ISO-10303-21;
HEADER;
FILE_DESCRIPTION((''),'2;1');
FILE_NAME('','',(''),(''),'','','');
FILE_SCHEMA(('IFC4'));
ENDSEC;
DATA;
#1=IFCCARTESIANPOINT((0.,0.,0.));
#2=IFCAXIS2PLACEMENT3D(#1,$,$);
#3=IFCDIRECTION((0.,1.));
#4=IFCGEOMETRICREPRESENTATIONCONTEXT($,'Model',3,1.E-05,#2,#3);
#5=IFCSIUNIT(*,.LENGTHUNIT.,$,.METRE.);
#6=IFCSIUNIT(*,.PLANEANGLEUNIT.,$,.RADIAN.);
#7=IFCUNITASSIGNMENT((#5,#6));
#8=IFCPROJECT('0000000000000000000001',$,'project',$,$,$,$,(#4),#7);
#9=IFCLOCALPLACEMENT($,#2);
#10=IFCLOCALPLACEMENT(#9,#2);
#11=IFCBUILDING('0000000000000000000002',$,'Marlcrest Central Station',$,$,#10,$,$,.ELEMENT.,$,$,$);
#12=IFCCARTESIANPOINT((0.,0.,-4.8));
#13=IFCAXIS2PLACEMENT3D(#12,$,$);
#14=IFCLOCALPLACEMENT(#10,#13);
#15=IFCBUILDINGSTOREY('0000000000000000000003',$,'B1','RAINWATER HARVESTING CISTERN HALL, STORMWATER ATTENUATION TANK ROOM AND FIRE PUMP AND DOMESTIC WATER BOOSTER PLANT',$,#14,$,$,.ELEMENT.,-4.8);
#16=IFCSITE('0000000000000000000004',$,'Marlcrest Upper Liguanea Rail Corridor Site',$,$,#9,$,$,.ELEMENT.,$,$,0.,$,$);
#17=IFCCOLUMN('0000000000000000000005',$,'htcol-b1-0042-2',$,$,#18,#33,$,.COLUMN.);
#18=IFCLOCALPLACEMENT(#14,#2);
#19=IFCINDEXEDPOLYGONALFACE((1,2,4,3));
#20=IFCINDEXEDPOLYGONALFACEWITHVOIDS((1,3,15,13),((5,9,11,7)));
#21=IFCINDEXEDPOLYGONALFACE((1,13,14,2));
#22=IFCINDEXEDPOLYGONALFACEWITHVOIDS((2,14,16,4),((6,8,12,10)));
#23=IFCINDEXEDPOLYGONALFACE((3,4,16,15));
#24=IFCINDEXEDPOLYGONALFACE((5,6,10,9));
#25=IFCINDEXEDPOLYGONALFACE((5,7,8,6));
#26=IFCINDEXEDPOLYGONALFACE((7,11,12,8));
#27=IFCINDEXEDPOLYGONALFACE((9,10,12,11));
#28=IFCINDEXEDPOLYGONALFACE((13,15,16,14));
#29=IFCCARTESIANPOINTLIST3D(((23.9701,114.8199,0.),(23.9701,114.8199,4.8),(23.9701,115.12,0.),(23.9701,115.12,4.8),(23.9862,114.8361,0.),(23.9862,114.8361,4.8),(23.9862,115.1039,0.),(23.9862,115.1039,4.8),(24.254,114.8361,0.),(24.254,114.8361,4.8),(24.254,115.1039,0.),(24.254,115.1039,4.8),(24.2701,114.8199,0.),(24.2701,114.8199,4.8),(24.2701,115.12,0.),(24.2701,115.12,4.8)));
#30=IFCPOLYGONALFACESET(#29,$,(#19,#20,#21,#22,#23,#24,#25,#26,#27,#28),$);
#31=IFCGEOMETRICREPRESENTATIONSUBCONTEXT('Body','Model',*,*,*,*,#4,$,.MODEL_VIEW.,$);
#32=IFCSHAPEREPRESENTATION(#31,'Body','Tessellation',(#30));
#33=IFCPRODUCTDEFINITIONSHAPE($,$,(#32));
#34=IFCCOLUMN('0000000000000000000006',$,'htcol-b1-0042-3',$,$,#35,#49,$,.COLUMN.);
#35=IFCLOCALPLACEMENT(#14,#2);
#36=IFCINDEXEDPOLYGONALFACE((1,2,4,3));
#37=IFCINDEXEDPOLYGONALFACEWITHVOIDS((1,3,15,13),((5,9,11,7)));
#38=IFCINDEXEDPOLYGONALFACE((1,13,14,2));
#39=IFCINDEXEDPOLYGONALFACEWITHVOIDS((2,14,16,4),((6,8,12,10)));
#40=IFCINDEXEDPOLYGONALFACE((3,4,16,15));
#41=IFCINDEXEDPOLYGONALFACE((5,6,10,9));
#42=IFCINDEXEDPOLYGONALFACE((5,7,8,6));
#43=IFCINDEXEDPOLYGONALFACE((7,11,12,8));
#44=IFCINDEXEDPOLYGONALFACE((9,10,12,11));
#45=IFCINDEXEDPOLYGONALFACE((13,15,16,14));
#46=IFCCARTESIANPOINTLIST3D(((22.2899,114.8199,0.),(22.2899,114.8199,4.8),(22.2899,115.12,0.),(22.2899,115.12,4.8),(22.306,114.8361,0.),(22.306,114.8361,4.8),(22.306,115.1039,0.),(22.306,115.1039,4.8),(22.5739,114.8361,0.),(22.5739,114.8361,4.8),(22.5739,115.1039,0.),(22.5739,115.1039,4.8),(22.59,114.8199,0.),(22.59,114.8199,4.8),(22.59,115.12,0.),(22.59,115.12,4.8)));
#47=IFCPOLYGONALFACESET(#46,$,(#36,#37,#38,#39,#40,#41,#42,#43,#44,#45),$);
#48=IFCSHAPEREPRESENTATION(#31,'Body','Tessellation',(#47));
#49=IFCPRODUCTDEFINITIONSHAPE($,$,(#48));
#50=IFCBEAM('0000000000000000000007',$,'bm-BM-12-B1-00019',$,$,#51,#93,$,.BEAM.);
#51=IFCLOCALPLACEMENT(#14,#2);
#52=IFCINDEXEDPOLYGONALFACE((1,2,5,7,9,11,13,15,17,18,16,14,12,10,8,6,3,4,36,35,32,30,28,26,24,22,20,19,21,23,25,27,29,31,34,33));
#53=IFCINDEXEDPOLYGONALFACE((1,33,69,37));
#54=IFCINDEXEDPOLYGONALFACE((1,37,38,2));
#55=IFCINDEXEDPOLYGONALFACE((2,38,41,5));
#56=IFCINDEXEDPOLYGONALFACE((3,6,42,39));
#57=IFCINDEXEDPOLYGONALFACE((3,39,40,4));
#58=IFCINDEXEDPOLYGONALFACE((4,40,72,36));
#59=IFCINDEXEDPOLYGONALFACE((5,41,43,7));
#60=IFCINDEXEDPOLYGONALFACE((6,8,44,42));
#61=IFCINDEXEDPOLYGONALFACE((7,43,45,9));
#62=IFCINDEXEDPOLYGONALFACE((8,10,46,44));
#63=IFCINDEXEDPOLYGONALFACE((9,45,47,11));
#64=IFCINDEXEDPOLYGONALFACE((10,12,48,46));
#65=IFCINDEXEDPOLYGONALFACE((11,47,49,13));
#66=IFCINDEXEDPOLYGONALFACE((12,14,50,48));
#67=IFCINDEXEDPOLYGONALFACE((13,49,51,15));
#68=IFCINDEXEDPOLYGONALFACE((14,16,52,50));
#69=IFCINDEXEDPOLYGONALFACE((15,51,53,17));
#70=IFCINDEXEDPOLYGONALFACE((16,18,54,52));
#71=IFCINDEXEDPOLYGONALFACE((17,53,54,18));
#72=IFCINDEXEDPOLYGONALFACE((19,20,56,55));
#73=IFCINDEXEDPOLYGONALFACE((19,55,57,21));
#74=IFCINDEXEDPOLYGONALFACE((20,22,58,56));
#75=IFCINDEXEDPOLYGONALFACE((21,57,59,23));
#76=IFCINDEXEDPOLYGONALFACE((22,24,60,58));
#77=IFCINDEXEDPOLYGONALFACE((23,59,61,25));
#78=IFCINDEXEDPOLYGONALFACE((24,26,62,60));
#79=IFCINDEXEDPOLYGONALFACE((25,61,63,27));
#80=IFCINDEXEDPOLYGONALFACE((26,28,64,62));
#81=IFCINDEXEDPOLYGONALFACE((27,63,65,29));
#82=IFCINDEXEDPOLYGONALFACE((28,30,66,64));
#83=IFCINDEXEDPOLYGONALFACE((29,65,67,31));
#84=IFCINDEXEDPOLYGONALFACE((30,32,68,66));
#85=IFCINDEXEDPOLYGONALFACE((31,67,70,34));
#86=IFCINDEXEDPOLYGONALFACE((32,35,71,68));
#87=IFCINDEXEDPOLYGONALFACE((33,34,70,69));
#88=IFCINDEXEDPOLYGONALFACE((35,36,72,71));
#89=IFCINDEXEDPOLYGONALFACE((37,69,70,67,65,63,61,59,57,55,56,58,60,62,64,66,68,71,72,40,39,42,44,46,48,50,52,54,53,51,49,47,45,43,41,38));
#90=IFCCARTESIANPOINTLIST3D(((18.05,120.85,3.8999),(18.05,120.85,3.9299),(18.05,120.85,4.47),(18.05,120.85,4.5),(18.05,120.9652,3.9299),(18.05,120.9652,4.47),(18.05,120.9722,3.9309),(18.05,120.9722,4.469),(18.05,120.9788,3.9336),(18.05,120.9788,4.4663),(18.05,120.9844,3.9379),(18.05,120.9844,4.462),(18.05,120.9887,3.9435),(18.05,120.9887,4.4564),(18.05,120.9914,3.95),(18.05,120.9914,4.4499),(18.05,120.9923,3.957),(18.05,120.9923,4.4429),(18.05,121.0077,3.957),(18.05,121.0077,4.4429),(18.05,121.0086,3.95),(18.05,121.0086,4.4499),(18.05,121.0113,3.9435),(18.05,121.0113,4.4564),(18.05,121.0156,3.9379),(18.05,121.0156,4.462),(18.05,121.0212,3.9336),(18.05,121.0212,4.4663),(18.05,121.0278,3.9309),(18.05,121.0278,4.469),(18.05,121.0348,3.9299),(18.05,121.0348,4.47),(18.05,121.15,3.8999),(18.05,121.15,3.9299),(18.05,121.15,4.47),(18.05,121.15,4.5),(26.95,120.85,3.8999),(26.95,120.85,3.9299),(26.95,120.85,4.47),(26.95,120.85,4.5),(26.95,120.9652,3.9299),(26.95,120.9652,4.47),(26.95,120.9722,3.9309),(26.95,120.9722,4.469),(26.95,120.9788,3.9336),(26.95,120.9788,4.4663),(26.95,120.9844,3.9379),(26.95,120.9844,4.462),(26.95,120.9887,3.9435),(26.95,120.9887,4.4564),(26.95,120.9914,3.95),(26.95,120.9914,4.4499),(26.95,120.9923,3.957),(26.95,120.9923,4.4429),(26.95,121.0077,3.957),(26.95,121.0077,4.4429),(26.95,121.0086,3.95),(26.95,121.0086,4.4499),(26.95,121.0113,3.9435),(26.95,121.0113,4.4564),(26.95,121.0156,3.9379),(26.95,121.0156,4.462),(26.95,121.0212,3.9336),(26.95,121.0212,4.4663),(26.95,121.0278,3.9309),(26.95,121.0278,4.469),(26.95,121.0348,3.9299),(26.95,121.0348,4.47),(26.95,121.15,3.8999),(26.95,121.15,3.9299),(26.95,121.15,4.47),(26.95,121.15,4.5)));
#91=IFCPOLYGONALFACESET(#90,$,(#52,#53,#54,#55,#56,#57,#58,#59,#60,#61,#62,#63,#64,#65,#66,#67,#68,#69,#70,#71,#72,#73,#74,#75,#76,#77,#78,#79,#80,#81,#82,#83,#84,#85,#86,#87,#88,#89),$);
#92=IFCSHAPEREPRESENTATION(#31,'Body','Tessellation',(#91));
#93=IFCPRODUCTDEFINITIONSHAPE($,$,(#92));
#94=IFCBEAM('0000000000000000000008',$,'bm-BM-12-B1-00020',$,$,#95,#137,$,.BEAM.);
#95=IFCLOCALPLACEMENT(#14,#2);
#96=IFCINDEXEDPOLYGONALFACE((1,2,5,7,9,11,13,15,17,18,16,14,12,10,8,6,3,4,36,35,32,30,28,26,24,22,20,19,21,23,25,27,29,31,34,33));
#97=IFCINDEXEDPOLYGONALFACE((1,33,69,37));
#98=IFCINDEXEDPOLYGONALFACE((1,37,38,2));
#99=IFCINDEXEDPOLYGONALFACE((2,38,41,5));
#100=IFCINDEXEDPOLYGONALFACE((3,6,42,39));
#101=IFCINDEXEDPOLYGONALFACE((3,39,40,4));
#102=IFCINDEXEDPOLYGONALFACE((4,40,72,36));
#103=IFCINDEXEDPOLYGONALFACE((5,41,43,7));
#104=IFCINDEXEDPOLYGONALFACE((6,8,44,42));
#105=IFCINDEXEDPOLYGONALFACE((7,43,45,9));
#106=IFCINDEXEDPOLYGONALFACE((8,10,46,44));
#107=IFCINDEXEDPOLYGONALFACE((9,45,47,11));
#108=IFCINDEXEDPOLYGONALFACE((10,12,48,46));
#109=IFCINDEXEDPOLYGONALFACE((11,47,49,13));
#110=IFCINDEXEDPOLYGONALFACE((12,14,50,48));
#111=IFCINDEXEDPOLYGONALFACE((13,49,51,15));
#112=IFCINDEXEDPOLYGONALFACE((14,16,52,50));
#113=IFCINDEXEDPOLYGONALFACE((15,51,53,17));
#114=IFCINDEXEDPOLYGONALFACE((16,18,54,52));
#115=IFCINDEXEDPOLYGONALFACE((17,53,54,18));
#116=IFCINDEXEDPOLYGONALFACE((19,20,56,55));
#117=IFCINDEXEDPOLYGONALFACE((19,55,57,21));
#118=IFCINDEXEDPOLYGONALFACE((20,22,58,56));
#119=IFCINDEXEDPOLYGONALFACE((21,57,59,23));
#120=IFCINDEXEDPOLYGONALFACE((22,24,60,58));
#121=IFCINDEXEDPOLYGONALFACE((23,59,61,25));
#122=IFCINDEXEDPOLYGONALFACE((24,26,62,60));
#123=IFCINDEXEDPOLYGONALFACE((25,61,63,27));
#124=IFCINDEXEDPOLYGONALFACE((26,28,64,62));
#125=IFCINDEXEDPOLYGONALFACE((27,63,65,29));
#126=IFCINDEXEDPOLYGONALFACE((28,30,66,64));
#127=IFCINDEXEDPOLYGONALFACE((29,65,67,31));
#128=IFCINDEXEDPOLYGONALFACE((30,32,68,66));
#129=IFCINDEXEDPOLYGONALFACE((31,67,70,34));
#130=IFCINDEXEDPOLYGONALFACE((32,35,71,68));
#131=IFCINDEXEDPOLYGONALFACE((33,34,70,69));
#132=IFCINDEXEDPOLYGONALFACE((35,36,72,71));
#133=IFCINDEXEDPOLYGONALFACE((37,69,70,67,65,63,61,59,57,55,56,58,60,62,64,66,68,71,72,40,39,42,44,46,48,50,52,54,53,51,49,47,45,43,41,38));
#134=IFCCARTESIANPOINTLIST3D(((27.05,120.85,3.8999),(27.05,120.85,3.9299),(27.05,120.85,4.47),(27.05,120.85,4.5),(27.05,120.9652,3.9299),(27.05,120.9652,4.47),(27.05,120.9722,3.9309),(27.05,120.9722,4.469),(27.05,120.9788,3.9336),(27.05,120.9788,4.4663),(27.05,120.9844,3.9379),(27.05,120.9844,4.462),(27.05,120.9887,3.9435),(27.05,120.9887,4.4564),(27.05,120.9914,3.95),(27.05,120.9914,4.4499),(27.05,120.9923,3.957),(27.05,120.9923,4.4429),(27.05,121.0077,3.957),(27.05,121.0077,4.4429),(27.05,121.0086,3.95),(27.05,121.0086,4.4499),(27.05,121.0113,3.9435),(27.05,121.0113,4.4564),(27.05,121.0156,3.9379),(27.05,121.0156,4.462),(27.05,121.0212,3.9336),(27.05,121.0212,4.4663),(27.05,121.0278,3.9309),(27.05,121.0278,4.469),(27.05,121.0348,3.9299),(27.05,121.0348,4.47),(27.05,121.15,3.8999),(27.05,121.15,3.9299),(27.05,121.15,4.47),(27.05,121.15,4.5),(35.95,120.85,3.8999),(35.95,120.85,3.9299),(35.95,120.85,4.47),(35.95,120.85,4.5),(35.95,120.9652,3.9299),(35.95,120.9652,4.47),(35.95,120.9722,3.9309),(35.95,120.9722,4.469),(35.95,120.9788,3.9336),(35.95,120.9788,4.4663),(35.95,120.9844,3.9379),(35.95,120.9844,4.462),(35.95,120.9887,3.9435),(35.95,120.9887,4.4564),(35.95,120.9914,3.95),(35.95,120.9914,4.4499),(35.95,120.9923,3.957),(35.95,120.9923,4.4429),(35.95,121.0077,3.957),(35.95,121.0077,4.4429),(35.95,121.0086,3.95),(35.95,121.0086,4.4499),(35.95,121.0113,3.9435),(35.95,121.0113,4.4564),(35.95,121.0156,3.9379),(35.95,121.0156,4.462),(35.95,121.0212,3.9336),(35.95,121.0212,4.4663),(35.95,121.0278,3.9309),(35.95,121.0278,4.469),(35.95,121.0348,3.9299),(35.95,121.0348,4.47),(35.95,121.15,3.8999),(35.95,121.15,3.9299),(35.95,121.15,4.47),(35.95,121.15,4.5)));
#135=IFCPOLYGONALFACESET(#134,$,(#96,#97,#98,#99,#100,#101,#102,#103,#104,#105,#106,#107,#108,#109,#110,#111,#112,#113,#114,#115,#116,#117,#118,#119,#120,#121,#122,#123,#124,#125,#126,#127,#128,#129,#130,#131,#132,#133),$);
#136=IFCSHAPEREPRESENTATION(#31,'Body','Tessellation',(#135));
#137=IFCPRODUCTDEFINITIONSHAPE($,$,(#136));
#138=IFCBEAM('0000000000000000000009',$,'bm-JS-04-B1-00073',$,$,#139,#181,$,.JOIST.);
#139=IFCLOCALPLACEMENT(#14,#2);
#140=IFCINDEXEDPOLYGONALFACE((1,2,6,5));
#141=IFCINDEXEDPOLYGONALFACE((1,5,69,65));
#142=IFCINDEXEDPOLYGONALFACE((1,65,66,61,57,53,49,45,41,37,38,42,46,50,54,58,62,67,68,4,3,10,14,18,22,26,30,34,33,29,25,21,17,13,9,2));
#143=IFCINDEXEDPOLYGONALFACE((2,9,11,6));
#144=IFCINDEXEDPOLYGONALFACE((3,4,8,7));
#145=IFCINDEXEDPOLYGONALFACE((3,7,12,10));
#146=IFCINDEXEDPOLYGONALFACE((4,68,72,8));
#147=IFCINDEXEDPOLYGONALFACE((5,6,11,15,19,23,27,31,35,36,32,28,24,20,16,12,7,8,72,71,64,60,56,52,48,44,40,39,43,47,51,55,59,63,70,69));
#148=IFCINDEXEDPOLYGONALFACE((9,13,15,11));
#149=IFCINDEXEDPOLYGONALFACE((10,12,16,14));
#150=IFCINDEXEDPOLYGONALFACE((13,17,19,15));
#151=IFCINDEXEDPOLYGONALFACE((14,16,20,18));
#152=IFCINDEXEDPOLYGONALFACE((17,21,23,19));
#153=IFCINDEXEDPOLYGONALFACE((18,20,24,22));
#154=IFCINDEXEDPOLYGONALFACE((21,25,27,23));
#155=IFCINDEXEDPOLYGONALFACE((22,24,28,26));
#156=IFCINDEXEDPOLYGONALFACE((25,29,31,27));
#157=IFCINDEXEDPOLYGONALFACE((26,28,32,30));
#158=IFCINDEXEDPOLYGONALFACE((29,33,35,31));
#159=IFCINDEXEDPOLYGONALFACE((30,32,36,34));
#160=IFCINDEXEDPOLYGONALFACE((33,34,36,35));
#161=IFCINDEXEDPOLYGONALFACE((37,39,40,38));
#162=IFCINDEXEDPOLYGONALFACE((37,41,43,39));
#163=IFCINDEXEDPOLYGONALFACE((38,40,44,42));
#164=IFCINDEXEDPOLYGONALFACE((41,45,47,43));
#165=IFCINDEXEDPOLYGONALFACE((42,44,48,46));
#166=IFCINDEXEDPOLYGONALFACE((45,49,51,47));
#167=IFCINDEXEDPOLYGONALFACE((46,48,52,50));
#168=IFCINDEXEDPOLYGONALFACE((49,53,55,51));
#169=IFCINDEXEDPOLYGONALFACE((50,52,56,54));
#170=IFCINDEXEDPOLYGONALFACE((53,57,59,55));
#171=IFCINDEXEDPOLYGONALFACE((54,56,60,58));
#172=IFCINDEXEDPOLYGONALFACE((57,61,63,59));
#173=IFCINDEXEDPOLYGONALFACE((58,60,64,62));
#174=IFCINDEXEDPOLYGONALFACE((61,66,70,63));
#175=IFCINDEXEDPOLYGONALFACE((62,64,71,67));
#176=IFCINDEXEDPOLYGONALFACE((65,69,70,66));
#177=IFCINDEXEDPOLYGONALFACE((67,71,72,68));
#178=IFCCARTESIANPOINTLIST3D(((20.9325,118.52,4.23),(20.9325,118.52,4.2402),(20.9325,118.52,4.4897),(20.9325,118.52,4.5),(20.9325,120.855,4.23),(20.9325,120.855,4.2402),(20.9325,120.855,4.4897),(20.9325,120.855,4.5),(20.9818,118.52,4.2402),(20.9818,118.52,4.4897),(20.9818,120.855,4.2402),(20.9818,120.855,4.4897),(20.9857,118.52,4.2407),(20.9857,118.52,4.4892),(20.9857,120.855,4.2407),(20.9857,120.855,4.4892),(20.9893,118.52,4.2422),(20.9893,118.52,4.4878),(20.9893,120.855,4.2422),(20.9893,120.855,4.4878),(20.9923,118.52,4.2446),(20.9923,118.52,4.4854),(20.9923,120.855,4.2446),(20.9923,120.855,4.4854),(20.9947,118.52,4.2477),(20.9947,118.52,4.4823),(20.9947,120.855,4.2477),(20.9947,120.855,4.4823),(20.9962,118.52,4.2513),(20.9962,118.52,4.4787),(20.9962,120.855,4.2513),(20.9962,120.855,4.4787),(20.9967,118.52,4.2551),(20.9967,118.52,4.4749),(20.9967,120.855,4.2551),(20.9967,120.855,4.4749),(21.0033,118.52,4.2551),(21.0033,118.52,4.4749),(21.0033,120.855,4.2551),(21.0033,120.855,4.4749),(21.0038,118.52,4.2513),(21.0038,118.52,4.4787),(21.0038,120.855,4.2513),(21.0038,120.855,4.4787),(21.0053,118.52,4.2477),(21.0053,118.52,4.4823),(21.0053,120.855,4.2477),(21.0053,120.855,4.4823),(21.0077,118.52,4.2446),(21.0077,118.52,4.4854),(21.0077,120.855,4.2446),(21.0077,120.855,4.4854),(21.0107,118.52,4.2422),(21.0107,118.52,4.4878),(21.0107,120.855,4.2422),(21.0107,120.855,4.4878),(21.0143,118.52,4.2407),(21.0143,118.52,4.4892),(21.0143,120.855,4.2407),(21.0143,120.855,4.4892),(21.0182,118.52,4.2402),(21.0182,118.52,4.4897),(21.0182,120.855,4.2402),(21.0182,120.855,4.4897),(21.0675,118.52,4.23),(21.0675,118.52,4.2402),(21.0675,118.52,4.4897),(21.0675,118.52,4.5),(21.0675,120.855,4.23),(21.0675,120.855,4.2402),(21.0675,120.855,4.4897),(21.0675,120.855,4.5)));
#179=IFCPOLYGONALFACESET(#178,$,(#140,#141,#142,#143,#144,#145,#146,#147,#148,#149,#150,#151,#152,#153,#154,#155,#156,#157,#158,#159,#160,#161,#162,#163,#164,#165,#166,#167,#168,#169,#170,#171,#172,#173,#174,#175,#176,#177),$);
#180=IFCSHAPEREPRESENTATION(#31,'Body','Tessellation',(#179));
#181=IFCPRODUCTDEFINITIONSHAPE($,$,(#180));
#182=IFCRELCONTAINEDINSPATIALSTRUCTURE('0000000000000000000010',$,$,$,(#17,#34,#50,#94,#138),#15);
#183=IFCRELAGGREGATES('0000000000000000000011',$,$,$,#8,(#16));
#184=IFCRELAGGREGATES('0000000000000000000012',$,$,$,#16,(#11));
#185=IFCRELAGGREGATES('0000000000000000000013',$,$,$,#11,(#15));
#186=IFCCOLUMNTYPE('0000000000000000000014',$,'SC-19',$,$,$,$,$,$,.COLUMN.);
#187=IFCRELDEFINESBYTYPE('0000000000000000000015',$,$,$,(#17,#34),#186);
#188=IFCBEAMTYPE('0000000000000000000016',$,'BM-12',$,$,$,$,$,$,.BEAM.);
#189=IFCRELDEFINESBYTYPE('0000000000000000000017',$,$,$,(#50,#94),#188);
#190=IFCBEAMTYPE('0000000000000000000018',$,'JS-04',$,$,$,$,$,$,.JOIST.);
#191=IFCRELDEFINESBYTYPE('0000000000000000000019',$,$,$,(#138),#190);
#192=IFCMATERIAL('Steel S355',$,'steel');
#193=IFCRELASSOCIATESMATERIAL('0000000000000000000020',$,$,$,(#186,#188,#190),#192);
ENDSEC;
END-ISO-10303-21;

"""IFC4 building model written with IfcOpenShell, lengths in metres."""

from ifc_helpers import new_model, si_unit, direction, frame, origin, origin_2d, place, context, subcontext, project, spatial, hollow_rectangle, i_section, extrude, material, material_profile, profile_set, type_object, element, save


model = new_model("IFC4")

# Units and contexts
model_context = context("Model", 3, precision=1e-05, world=origin(), true_north=direction((0.0, 1.0)))
body_context = subcontext(model_context, "Body", "Model", "MODEL_VIEW")
ifc_project = project(units=[si_unit("LENGTHUNIT", "METRE"), si_unit("PLANEANGLEUNIT", "RADIAN")], contexts=[model_context])

# Site, building, storey
site_placement = place(None, origin())
site = spatial("IfcSite", under=ifc_project, at=site_placement, Name="Marlcrest Upper Liguanea Rail Corridor Site", CompositionType="ELEMENT", RefElevation=0.0)
building_placement = place(site_placement, origin())
building = spatial("IfcBuilding", under=site, at=building_placement, Name="Marlcrest Central Station", CompositionType="ELEMENT")
storey_placement = place(building_placement, frame((0.0, 0.0, -4.8)))
storey = spatial("IfcBuildingStorey", under=building, at=storey_placement, Name="B1", Description="RAINWATER HARVESTING CISTERN HALL, STORMWATER ATTENUATION TANK ROOM AND FIRE PUMP AND DOMESTIC WATER BOOSTER PLANT", CompositionType="ELEMENT", Elevation=-4.8)

# Columns
ifc_material_1 = material(Name="Steel S355", Category="steel")
ifc_material_profile_1 = material_profile(ifc_material_1, hollow_rectangle(XDim=0.3, YDim=0.3, WallThickness=0.0161, at=origin_2d()), Name="SHS 300x300x16")
ifc_profile_set_1 = profile_set([ifc_material_profile_1], Name="Steel S355")
column_type_1 = type_object("IfcColumnType", Name="SC-19", PredefinedType="COLUMN", material=ifc_profile_set_1)
for number, where, z_axis, x_axis, name in (
    (1, (24.1201, 114.97, 0.0), (0.0, 0.0, 1.0), (1.0, 0.0, 0.0), "htcol-b1-0042-2"),
    (2, (22.4399, 114.97, 0.0), (0.0, 0.0, 1.0), (1.0, 0.0, 0.0), "htcol-b1-0042-3"),
):
    element("IfcColumn", number, at=place(storey_placement, frame(where, z_axis=z_axis, x_axis=x_axis)), inside=storey, type_object=column_type_1, Name=name, PredefinedType="COLUMN", context=body_context, shape_type="SweptSolid", body=[
        extrude(hollow_rectangle(XDim=0.3, YDim=0.3, WallThickness=0.0161, at=origin_2d()), origin(), (0.0, 0.0, 1.0), 4.8),
    ])

# Beams
ifc_material_profile_2 = material_profile(ifc_material_1, i_section(OverallWidth=0.3, OverallDepth=0.6001, WebThickness=0.0154, FlangeThickness=0.03, FilletRadius=0.0271, at=origin_2d()), Name="HEB 600")
ifc_profile_set_2 = profile_set([ifc_material_profile_2], Name="Steel S355")
beam_type_1 = type_object("IfcBeamType", Name="BM-12", PredefinedType="BEAM", material=ifc_profile_set_2)
for number, where, z_axis, x_axis, name in (
    (3, (18.05, 121.0, 4.2), (1.0, 0.0, 0.0), (0.0, 1.0, 0.0), "bm-BM-12-B1-00019"),
    (4, (27.05, 121.0, 4.2), (1.0, 0.0, 0.0), (0.0, 1.0, 0.0), "bm-BM-12-B1-00020"),
):
    element("IfcBeam", number, at=place(storey_placement, frame(where, z_axis=z_axis, x_axis=x_axis)), inside=storey, type_object=beam_type_1, Name=name, PredefinedType="BEAM", context=body_context, shape_type="SweptSolid", body=[
        extrude(i_section(OverallWidth=0.3, OverallDepth=0.6001, WebThickness=0.0154, FlangeThickness=0.03, FilletRadius=0.0271, at=origin_2d()), origin(), (0.0, 0.0, 1.0), 8.8999),
    ])
ifc_material_profile_3 = material_profile(ifc_material_1, i_section(OverallWidth=0.135, OverallDepth=0.27, WebThickness=0.0066, FlangeThickness=0.0103, FilletRadius=0.0149, at=origin_2d()), Name="IPE 270")
ifc_profile_set_3 = profile_set([ifc_material_profile_3], Name="Steel S355")
beam_type_2 = type_object("IfcBeamType", Name="JS-04", PredefinedType="JOIST", material=ifc_profile_set_3)
for number, where, z_axis, x_axis, name in (
    (5, (21.0, 118.52, 4.365), (0.0, 1.0, 0.0), (-1.0, 0.0, 0.0), "bm-JS-04-B1-00073"),
):
    element("IfcBeam", number, at=place(storey_placement, frame(where, z_axis=z_axis, x_axis=x_axis)), inside=storey, type_object=beam_type_2, Name=name, PredefinedType="JOIST", context=body_context, shape_type="SweptSolid", body=[
        extrude(i_section(OverallWidth=0.135, OverallDepth=0.27, WebThickness=0.0066, FlangeThickness=0.0103, FilletRadius=0.0149, at=origin_2d()), origin(), (0.0, 0.0, 1.0), 2.335),
    ])

save(model, "model.ifc")
